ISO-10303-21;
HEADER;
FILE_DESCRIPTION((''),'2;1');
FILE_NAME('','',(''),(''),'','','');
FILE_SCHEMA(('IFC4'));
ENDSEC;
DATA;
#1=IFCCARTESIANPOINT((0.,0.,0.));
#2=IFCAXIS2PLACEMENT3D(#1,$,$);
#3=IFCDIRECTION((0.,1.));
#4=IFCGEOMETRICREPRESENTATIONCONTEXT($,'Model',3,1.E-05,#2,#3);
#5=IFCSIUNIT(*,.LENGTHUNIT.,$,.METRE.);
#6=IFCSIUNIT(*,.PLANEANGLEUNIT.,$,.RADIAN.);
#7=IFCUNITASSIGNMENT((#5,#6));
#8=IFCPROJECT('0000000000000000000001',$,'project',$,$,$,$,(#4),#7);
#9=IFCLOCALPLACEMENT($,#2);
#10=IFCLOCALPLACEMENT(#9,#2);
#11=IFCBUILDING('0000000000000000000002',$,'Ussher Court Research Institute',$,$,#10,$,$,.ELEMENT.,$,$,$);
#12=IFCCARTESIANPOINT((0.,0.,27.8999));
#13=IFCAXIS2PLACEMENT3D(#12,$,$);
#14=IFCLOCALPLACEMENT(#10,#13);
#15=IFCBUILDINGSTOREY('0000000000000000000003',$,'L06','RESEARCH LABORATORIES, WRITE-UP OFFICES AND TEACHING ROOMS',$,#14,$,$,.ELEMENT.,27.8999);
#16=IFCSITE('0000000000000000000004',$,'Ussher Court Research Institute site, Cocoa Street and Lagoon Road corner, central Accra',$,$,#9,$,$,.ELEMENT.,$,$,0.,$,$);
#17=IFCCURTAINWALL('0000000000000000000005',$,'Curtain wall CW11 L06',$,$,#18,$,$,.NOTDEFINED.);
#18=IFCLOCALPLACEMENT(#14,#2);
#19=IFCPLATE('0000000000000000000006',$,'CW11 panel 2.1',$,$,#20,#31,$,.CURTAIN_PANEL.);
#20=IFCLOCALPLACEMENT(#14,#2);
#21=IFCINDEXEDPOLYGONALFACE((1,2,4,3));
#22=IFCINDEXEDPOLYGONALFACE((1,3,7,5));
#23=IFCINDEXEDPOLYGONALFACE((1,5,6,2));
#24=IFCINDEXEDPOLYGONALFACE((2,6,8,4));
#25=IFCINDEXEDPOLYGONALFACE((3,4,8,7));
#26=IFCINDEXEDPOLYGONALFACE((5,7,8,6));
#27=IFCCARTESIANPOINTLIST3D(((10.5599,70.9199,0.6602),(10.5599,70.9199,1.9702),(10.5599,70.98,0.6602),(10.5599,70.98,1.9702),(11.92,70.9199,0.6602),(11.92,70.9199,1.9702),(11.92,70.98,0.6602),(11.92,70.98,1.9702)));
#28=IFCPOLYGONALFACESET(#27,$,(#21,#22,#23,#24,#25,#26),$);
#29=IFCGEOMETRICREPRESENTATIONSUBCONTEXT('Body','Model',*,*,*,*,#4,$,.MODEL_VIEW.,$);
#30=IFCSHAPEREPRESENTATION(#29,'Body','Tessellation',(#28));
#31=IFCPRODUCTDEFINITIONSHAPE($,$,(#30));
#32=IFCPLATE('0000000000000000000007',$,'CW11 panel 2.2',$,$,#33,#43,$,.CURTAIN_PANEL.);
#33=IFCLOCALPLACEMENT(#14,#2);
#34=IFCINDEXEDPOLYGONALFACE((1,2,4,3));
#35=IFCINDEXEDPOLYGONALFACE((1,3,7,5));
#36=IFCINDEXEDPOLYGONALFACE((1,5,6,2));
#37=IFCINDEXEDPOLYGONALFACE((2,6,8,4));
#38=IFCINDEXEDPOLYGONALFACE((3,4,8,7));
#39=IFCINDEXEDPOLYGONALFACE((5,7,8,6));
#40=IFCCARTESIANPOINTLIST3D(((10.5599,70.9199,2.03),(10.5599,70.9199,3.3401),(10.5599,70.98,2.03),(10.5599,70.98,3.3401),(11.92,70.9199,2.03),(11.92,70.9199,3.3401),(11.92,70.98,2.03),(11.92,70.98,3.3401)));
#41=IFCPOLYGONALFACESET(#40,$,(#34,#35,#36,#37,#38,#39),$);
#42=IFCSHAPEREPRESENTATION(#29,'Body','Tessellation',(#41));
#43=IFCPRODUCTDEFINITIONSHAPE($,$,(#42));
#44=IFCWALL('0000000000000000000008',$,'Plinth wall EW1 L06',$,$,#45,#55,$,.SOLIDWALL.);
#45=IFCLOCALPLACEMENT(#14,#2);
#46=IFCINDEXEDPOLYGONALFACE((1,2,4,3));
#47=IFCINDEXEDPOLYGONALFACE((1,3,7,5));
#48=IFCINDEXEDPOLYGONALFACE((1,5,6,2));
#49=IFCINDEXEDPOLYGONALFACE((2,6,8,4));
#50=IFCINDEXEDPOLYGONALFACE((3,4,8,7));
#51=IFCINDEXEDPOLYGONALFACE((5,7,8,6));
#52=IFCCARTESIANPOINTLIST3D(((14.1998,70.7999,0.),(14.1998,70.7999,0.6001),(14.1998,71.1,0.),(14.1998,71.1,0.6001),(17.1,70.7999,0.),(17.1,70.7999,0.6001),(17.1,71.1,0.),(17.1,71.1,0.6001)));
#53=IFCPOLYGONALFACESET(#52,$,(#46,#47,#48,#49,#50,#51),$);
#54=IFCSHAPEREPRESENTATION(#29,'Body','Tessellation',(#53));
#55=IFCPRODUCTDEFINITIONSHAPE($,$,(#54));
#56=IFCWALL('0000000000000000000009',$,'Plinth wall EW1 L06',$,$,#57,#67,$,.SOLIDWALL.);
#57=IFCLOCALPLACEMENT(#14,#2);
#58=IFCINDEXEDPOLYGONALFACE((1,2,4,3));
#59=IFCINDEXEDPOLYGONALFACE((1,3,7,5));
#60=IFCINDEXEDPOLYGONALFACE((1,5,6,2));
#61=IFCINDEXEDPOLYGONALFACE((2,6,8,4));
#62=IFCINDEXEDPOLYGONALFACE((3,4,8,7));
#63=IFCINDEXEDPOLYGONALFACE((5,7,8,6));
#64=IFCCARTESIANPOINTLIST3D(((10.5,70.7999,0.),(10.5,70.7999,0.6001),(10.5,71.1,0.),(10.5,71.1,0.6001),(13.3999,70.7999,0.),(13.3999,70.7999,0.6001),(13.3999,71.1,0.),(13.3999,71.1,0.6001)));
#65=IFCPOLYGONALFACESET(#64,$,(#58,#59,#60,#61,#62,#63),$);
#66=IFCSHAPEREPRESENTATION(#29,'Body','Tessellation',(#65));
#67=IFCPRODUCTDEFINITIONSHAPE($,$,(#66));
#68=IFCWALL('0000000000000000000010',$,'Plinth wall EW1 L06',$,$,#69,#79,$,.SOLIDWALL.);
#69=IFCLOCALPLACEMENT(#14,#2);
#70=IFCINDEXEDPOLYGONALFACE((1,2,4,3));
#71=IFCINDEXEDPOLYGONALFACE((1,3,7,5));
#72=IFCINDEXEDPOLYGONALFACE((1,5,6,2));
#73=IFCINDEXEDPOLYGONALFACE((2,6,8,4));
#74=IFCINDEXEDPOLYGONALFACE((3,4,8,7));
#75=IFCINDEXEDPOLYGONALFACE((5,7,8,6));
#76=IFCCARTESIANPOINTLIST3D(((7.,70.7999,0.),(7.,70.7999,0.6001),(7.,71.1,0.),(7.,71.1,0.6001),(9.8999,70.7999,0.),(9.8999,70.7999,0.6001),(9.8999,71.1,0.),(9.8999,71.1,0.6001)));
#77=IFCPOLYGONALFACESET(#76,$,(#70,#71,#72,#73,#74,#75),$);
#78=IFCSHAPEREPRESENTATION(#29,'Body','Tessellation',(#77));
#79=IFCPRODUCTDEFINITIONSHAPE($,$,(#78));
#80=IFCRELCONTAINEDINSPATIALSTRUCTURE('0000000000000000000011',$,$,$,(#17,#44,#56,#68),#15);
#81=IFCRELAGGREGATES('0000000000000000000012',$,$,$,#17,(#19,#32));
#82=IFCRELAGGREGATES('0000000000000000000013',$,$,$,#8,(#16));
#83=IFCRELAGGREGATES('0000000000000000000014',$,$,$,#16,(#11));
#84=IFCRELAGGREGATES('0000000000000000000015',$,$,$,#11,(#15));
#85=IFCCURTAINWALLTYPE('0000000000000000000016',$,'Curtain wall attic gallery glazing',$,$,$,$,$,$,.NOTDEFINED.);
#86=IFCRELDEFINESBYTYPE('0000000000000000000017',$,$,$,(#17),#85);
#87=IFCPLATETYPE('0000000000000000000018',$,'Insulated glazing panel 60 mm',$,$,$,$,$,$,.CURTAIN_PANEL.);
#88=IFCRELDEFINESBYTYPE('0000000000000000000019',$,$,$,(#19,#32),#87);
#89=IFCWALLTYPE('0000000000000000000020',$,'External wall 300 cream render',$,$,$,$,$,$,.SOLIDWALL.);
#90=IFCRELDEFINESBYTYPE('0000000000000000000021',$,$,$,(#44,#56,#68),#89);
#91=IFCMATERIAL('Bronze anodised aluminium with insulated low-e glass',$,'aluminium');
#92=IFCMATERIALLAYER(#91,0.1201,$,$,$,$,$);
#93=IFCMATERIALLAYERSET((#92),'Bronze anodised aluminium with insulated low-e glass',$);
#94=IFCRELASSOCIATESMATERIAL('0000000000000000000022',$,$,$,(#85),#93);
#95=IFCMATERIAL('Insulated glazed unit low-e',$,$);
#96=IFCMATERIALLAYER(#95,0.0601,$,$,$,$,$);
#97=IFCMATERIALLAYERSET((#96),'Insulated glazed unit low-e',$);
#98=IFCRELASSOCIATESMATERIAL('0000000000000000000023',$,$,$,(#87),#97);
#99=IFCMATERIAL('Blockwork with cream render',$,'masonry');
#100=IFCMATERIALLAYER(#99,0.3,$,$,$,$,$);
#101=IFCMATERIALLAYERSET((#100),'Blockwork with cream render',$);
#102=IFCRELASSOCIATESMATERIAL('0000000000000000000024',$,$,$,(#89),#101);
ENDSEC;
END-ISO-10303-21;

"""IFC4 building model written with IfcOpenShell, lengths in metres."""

from ifc_helpers import new_model, si_unit, direction, frame, frame_2d, origin, origin_2d, place, context, subcontext, project, spatial, rectangle, extrude, material, layer, layer_set, type_object, element, aggregate, save


model = new_model("IFC4")

# Units and contexts
model_context = context("Model", 3, precision=1e-05, world=origin(), true_north=direction((0.0, 1.0)))
body_context = subcontext(model_context, "Body", "Model", "MODEL_VIEW")
ifc_project = project(units=[si_unit("LENGTHUNIT", "METRE"), si_unit("PLANEANGLEUNIT", "RADIAN")], contexts=[model_context])

# Site, building, storey
site_placement = place(None, origin())
site = spatial("IfcSite", under=ifc_project, at=site_placement, Name="Ussher Court Research Institute site, Cocoa Street and Lagoon Road corner, central Accra", CompositionType="ELEMENT", RefElevation=0.0)
building_placement = place(site_placement, origin())
building = spatial("IfcBuilding", under=site, at=building_placement, Name="Ussher Court Research Institute", CompositionType="ELEMENT")
storey_placement = place(building_placement, frame((0.0, 0.0, 27.8999)))
storey = spatial("IfcBuildingStorey", under=building, at=storey_placement, Name="L06", Description="RESEARCH LABORATORIES, WRITE-UP OFFICES AND TEACHING ROOMS", CompositionType="ELEMENT", Elevation=27.8999)

# Curtain wall
ifc_material_1 = material(Name="Bronze anodised aluminium with insulated low-e glass", Category="aluminium")
ifc_layer_1 = layer(ifc_material_1, 0.1201)
ifc_layer_set_1 = layer_set([ifc_layer_1], Name="Bronze anodised aluminium with insulated low-e glass")
curtain_wall_type = type_object("IfcCurtainWallType", Name="Curtain wall attic gallery glazing", PredefinedType="NOTDEFINED", material=ifc_layer_set_1)
curtain_wall_1_placement = place(storey_placement, origin())
curtain_wall_1 = element("IfcCurtainWall", 1, at=curtain_wall_1_placement, inside=storey, type_object=curtain_wall_type, Name="Curtain wall CW11 L06", PredefinedType="NOTDEFINED")

# Plates
ifc_material_2 = material(Name="Insulated glazed unit low-e")
ifc_layer_2 = layer(ifc_material_2, 0.0601)
ifc_layer_set_2 = layer_set([ifc_layer_2], Name="Insulated glazed unit low-e")
plate_type = type_object("IfcPlateType", Name="Insulated glazing panel 60 mm", PredefinedType="CURTAIN_PANEL", material=ifc_layer_set_2)
plate_1_placement = place(storey_placement, frame((11.24, 70.95, 0.6602), z_axis=(0.0, 0.0, 1.0), x_axis=(-1.0, 0.0, 0.0)))
plate_1 = element("IfcPlate", 2, at=plate_1_placement, type_object=plate_type, Name="CW11 panel 2.1", PredefinedType="CURTAIN_PANEL", context=body_context, shape_type="SweptSolid", body=[
    extrude(rectangle(XDim=1.3601, YDim=0.0601, at=origin_2d()), origin(), (0.0, 0.0, 1.0), 1.3101),
])
plate_2_placement = place(storey_placement, frame((11.24, 70.95, 2.03), z_axis=(0.0, 0.0, 1.0), x_axis=(-1.0, 0.0, 0.0)))
plate_2 = element("IfcPlate", 3, at=plate_2_placement, type_object=plate_type, Name="CW11 panel 2.2", PredefinedType="CURTAIN_PANEL", context=body_context, shape_type="SweptSolid", body=[
    extrude(rectangle(XDim=1.3601, YDim=0.0601, at=origin_2d()), origin(), (0.0, 0.0, 1.0), 1.3101),
])
aggregate(curtain_wall_1, [plate_1, plate_2])

# Walls
ifc_material_3 = material(Name="Blockwork with cream render", Category="masonry")
ifc_layer_3 = layer(ifc_material_3, 0.3)
ifc_layer_set_3 = layer_set([ifc_layer_3], Name="Blockwork with cream render")
wall_type = type_object("IfcWallType", Name="External wall 300 cream render", PredefinedType="SOLIDWALL", material=ifc_layer_set_3)
wall_placement = place(storey_placement, frame((17.1001, 70.95, 0.0), z_axis=(0.0, 0.0, 1.0), x_axis=(-1.0, 0.0, 0.0)))
element("IfcWall", 4, at=wall_placement, inside=storey, type_object=wall_type, Name="Plinth wall EW1 L06", PredefinedType="SOLIDWALL", context=body_context, shape_type="SweptSolid", body=[
    extrude(rectangle(XDim=2.9001, YDim=0.3, at=frame_2d((1.4502, 0.0))), origin(), (0.0, 0.0, 1.0), 0.6001),
])
for number, where, z_axis, x_axis, name in (
    (5, (13.3999, 70.95, 0.0), (0.0, 0.0, 1.0), (-1.0, 0.0, 0.0), "Plinth wall EW1 L06"),
    (6, (9.8999, 70.95, 0.0), (0.0, 0.0, 1.0), (-1.0, 0.0, 0.0), "Plinth wall EW1 L06"),
):
    element("IfcWall", number, at=place(storey_placement, frame(where, z_axis=z_axis, x_axis=x_axis)), inside=storey, type_object=wall_type, Name=name, PredefinedType="SOLIDWALL", context=body_context, shape_type="SweptSolid", body=[
        extrude(rectangle(XDim=2.8999, YDim=0.3, at=frame_2d((1.45, 0.0))), origin(), (0.0, 0.0, 1.0), 0.6001),
    ])

save(model, "model.ifc")
